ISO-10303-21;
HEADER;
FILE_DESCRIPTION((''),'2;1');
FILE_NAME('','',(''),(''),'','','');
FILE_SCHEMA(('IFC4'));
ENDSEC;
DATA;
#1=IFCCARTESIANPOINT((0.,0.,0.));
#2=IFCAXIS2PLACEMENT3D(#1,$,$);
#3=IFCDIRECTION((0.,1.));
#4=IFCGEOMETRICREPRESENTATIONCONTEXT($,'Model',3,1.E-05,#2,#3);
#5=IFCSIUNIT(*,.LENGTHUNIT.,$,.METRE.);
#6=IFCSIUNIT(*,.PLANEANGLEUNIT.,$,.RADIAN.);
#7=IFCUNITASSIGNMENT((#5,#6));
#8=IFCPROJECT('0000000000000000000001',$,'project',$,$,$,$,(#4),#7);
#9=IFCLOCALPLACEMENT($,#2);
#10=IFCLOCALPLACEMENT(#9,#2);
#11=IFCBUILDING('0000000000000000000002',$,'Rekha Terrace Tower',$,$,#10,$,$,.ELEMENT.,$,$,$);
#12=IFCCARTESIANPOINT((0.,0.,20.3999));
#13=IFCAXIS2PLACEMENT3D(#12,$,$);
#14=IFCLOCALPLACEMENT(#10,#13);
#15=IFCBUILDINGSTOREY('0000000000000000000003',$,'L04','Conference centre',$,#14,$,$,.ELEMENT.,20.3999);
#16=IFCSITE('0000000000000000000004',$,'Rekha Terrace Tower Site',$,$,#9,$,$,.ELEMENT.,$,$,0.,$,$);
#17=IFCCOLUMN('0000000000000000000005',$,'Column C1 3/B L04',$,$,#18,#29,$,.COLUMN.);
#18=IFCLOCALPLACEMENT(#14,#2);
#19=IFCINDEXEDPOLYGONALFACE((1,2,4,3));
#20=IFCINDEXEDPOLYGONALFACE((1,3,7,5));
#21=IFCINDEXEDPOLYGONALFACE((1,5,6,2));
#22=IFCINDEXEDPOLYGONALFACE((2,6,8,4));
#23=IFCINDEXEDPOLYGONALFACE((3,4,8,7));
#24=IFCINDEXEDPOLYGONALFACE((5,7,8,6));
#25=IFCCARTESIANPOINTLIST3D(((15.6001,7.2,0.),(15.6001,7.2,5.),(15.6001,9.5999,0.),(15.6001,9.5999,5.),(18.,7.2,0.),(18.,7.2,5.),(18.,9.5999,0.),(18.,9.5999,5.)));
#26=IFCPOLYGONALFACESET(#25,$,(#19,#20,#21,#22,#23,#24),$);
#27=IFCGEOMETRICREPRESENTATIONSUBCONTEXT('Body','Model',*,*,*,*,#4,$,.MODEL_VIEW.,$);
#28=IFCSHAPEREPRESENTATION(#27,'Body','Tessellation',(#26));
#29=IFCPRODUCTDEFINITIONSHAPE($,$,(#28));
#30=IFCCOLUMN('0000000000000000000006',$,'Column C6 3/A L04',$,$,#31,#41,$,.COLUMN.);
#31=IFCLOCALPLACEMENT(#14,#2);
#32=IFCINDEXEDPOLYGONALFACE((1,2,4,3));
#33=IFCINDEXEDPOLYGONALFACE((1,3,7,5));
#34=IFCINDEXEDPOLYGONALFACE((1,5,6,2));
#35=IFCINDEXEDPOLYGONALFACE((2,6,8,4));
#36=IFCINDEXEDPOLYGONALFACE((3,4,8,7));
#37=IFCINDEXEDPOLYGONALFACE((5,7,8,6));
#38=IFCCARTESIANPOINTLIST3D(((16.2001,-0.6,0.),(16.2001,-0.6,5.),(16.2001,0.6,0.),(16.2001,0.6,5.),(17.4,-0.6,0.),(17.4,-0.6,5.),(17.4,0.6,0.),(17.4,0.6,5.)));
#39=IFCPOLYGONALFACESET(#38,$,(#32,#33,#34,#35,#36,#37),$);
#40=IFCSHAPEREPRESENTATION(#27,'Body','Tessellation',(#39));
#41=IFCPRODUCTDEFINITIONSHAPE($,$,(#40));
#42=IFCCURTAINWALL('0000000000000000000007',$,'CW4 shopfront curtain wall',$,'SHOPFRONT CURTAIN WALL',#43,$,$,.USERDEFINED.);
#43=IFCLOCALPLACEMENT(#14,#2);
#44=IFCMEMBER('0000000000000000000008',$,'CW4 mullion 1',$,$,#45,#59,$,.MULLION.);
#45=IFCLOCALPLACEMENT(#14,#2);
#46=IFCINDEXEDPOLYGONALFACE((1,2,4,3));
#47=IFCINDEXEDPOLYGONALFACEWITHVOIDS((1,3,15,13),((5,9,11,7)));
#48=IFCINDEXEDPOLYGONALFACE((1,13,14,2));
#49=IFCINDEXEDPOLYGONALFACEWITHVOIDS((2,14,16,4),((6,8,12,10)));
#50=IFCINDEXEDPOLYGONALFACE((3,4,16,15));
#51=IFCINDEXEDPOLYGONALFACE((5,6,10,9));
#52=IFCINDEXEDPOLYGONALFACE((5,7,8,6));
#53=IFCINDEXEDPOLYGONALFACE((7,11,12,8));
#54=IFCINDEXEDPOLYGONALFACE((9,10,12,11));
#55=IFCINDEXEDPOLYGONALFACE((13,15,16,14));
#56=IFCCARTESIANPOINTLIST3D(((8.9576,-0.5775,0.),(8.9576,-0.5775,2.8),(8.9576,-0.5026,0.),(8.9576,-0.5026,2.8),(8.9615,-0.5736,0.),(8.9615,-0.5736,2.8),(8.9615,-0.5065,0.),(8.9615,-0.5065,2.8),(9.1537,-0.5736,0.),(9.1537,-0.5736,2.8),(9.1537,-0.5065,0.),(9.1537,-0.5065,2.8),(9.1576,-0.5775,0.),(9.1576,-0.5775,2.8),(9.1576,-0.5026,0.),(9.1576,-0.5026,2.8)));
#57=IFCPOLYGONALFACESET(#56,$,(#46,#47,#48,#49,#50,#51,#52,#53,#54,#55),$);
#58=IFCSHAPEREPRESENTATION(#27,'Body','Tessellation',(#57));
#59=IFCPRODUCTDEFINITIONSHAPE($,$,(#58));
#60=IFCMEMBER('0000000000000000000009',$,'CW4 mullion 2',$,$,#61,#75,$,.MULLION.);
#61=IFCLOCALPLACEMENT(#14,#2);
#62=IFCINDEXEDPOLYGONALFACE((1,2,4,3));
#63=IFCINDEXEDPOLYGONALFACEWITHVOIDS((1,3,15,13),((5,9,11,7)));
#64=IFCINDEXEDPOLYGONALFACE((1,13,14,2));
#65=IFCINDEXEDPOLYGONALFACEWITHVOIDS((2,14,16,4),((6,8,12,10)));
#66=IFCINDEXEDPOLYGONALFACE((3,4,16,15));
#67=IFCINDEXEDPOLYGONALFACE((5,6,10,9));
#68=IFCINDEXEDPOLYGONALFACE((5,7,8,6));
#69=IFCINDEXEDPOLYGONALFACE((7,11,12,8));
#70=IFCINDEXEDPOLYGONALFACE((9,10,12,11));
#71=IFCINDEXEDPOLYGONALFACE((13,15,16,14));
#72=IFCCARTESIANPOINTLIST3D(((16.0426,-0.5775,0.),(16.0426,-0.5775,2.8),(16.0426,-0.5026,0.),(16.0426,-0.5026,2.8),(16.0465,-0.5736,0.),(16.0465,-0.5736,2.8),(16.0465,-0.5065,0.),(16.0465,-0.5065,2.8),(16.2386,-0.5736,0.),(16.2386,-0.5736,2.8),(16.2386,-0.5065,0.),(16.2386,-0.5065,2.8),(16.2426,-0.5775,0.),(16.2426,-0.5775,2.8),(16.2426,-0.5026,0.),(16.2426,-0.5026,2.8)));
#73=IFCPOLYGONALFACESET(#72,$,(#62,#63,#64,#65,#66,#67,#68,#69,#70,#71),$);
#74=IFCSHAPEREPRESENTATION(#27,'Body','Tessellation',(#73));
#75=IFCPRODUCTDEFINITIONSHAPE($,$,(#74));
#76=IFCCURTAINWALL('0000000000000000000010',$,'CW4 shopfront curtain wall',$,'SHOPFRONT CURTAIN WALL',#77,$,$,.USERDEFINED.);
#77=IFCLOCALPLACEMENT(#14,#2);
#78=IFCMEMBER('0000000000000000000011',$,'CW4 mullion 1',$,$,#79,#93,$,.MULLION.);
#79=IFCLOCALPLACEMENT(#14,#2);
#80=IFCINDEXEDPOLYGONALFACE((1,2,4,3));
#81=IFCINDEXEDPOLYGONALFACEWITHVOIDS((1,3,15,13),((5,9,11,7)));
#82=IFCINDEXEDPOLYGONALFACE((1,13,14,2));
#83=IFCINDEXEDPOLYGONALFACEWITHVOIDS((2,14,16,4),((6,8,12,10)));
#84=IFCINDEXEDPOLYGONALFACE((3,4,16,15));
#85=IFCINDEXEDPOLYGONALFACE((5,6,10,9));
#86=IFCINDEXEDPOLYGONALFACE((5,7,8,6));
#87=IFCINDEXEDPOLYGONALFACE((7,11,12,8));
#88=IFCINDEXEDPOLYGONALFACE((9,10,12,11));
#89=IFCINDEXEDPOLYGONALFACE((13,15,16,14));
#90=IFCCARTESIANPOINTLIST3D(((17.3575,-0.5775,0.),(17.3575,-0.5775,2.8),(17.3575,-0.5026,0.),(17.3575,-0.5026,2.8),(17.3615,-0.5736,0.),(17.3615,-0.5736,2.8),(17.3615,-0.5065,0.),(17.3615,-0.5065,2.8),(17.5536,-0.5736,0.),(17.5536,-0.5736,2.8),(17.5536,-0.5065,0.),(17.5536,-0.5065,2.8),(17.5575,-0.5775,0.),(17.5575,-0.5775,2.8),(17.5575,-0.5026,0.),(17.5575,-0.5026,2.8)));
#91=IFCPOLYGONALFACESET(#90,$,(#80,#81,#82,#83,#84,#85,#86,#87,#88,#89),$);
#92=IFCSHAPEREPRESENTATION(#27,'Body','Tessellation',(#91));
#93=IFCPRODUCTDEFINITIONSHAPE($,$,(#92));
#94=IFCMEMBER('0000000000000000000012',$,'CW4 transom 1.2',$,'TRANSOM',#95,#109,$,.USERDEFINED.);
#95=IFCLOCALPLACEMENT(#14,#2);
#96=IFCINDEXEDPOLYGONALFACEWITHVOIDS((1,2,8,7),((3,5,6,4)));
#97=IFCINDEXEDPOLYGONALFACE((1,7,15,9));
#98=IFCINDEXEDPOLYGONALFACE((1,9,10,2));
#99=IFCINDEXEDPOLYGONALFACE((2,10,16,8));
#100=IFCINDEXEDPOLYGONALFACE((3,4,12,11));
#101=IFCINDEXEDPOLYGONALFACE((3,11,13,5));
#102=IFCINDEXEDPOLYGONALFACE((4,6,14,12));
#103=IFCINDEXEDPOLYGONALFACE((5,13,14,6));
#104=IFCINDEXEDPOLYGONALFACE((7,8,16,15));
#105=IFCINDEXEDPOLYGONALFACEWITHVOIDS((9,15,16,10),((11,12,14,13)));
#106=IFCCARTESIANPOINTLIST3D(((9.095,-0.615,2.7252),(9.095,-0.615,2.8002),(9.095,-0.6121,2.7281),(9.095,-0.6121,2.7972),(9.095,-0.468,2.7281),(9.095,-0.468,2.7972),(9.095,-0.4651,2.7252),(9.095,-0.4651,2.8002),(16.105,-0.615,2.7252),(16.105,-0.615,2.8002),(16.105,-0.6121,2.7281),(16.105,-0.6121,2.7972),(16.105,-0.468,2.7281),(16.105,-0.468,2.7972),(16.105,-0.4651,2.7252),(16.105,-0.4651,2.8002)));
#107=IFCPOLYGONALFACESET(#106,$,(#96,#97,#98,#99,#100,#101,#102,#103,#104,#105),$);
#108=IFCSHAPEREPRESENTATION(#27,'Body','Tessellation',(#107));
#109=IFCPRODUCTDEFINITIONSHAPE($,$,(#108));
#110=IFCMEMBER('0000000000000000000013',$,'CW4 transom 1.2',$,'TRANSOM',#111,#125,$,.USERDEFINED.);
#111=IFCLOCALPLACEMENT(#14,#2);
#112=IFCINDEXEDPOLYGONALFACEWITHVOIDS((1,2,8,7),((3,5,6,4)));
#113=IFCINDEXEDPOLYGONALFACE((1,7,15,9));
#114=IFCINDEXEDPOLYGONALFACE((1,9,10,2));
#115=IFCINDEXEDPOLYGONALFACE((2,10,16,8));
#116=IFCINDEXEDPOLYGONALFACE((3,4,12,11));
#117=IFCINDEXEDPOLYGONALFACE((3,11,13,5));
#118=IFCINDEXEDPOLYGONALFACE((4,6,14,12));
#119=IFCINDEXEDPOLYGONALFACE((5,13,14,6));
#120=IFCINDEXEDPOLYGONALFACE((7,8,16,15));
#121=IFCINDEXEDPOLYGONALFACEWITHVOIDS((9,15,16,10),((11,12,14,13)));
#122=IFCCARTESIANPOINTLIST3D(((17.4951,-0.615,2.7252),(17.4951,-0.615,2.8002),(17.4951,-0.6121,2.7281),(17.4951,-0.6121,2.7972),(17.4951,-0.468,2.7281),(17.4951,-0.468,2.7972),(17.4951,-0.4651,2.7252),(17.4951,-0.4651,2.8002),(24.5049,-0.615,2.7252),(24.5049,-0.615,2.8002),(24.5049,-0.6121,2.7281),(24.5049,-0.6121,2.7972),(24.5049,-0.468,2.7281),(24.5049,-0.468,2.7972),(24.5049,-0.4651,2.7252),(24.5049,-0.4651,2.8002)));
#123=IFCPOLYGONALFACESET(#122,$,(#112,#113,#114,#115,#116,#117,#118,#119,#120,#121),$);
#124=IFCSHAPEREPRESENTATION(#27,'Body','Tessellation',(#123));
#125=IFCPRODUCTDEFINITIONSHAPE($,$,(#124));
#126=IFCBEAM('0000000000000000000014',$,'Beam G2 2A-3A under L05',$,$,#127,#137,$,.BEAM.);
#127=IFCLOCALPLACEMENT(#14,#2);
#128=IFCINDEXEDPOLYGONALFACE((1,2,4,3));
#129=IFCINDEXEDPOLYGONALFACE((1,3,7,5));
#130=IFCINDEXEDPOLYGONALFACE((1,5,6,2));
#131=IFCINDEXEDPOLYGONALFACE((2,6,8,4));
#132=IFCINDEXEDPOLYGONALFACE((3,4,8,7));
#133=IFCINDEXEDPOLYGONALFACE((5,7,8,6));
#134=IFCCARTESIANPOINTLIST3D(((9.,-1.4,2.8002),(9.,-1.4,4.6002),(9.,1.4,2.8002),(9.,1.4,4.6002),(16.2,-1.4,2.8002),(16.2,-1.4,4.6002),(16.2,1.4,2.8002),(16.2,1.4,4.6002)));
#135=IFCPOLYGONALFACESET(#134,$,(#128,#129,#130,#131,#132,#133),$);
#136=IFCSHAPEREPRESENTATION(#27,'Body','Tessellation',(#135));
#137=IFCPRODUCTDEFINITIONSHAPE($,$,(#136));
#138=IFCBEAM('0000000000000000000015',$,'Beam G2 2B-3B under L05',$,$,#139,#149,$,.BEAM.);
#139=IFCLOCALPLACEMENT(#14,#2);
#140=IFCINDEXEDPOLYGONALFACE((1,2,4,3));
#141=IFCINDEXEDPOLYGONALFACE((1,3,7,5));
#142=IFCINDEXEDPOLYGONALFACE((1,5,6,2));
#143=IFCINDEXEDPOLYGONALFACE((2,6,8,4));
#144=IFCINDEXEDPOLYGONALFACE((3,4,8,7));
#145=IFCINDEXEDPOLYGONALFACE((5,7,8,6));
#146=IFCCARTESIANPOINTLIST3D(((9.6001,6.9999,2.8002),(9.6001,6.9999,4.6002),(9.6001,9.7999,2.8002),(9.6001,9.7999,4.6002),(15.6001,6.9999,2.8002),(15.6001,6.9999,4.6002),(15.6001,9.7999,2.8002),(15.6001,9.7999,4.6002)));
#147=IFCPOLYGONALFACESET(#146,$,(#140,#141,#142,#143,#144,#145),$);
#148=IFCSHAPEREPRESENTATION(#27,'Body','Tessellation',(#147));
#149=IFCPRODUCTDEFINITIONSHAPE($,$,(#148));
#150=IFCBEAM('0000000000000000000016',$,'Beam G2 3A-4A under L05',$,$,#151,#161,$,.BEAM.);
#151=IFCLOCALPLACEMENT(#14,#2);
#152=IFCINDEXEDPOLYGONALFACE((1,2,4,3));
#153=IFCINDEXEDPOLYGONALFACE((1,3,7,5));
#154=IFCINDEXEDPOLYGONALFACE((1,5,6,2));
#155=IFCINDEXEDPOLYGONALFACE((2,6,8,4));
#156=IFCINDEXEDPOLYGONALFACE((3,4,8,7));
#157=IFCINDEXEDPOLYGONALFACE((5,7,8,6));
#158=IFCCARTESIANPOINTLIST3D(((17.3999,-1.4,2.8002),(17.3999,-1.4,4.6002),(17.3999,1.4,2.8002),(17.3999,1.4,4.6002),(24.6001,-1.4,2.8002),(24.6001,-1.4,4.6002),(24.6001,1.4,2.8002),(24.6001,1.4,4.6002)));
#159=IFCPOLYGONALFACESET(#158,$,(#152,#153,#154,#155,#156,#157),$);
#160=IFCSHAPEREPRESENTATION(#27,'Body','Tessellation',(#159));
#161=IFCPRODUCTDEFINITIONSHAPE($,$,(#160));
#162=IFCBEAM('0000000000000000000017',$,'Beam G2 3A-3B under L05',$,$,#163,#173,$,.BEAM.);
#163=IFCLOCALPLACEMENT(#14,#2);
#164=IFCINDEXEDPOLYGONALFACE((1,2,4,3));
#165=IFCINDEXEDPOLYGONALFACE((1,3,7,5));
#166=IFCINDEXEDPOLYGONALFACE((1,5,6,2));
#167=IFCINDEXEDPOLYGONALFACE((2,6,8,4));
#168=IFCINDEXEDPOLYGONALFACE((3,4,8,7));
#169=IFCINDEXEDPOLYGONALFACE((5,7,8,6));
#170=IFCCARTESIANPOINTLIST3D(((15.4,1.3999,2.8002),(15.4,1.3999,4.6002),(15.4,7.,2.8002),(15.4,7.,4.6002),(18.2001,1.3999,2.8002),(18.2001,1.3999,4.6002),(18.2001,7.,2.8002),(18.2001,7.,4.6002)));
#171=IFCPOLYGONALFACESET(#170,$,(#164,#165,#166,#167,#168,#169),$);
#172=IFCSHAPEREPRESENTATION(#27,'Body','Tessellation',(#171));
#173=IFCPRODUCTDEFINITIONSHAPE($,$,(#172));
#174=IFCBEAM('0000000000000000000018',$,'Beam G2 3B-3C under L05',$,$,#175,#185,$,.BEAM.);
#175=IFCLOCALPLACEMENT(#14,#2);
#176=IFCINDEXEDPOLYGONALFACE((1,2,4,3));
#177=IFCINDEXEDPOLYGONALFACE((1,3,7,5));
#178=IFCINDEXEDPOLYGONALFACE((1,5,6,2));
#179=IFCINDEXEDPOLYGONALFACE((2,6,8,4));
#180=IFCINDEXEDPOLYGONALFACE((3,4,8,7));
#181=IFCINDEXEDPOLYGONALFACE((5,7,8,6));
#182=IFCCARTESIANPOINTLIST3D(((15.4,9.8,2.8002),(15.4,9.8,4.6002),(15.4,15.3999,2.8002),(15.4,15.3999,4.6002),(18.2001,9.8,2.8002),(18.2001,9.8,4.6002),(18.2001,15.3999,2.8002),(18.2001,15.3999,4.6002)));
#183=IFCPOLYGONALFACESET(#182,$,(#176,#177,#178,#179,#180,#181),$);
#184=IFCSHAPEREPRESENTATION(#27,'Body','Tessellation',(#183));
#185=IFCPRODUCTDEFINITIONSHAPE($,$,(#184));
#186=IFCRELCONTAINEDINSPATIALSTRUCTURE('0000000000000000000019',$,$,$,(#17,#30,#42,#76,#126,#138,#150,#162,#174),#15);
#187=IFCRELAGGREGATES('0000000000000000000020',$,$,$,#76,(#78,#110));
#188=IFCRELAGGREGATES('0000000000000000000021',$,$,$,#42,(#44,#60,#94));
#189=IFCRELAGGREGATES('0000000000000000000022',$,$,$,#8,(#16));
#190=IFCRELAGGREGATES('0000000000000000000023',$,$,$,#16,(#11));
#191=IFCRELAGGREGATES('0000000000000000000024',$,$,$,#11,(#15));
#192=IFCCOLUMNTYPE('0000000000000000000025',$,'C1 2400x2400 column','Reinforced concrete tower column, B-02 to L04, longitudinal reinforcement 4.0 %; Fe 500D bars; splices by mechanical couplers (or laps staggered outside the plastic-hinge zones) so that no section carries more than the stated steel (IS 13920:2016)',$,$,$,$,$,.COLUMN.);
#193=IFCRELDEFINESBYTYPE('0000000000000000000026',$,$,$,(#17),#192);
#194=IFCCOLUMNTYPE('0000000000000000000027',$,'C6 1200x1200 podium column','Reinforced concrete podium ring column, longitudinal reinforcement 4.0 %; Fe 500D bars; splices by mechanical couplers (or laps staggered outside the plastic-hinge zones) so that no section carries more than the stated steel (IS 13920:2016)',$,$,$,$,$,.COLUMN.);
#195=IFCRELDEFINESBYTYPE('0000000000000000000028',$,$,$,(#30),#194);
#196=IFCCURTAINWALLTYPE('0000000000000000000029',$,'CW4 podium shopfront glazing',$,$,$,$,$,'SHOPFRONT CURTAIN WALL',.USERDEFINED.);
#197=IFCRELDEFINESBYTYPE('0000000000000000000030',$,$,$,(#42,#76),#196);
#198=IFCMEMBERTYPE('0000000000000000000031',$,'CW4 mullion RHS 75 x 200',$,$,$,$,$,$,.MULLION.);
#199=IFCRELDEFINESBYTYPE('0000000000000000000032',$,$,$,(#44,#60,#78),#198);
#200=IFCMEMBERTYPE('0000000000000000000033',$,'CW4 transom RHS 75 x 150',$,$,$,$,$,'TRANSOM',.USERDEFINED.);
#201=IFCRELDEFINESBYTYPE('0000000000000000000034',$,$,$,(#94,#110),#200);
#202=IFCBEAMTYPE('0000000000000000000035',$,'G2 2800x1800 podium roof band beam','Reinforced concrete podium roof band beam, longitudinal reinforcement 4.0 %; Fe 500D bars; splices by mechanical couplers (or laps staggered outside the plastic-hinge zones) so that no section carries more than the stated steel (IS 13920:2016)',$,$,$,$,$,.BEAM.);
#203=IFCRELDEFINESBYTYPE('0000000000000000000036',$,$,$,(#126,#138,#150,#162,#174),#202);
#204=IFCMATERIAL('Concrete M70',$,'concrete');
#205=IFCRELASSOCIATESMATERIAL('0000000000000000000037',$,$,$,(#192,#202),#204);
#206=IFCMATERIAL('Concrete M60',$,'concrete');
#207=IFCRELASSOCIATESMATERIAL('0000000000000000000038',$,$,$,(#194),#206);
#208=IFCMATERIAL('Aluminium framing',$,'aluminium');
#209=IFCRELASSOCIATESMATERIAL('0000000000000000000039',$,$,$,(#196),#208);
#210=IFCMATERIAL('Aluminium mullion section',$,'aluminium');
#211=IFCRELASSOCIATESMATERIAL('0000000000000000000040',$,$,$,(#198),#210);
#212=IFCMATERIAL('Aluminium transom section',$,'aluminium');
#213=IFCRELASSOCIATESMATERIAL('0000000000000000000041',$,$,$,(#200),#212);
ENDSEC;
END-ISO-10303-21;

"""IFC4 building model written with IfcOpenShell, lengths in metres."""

from ifc_helpers import new_model, si_unit, direction, frame, origin, origin_2d, place, context, subcontext, project, spatial, rectangle, hollow_rectangle, extrude, material, material_profile, profile_set, type_object, element, aggregate, save


model = new_model("IFC4")

# Units and contexts
model_context = context("Model", 3, precision=1e-05, world=origin(), true_north=direction((0.0, 1.0)))
body_context = subcontext(model_context, "Body", "Model", "MODEL_VIEW")
ifc_project = project(units=[si_unit("LENGTHUNIT", "METRE"), si_unit("PLANEANGLEUNIT", "RADIAN")], contexts=[model_context])

# Site, building, storey
site_placement = place(None, origin())
site = spatial("IfcSite", under=ifc_project, at=site_placement, Name="Rekha Terrace Tower Site", CompositionType="ELEMENT", RefElevation=0.0)
building_placement = place(site_placement, origin())
building = spatial("IfcBuilding", under=site, at=building_placement, Name="Rekha Terrace Tower", CompositionType="ELEMENT")
storey_placement = place(building_placement, frame((0.0, 0.0, 20.3999)))
storey = spatial("IfcBuildingStorey", under=building, at=storey_placement, Name="L04", Description="Conference centre", CompositionType="ELEMENT", Elevation=20.3999)

# Columns
ifc_material_1 = material(Name="Concrete M70", Category="concrete")
ifc_material_profile_1 = material_profile(ifc_material_1, rectangle(XDim=2.3999, YDim=2.3999, at=origin_2d()), Name="RC 2400x2400")
ifc_profile_set_1 = profile_set([ifc_material_profile_1], Name="Concrete M70")
column_type_1 = type_object("IfcColumnType", Name="C1 2400x2400 column", Description="Reinforced concrete tower column, B-02 to L04, longitudinal reinforcement 4.0 %; Fe 500D bars; splices by mechanical couplers (or laps staggered outside the plastic-hinge zones) so that no section carries more than the stated steel (IS 13920:2016)", PredefinedType="COLUMN", material=ifc_profile_set_1)
column_1_placement = place(storey_placement, frame((16.8, 8.3999, 0.0), z_axis=(0.0, 0.0, 1.0), x_axis=(1.0, 0.0, 0.0)))
element("IfcColumn", 1, at=column_1_placement, inside=storey, type_object=column_type_1, Name="Column C1 3/B L04", PredefinedType="COLUMN", context=body_context, shape_type="SweptSolid", body=[
    extrude(rectangle(XDim=2.3999, YDim=2.3999, at=origin_2d()), origin(), (0.0, 0.0, 1.0), 5.0),
])
ifc_material_2 = material(Name="Concrete M60", Category="concrete")
ifc_material_profile_2 = material_profile(ifc_material_2, rectangle(XDim=1.2, YDim=1.2, at=origin_2d()), Name="RC 1200x1200")
ifc_profile_set_2 = profile_set([ifc_material_profile_2], Name="Concrete M60")
column_type_2 = type_object("IfcColumnType", Name="C6 1200x1200 podium column", Description="Reinforced concrete podium ring column, longitudinal reinforcement 4.0 %; Fe 500D bars; splices by mechanical couplers (or laps staggered outside the plastic-hinge zones) so that no section carries more than the stated steel (IS 13920:2016)", PredefinedType="COLUMN", material=ifc_profile_set_2)
column_2_placement = place(storey_placement, frame((16.8, 0.0, 0.0), z_axis=(0.0, 0.0, 1.0), x_axis=(1.0, 0.0, 0.0)))
element("IfcColumn", 2, at=column_2_placement, inside=storey, type_object=column_type_2, Name="Column C6 3/A L04", PredefinedType="COLUMN", context=body_context, shape_type="SweptSolid", body=[
    extrude(rectangle(XDim=1.2, YDim=1.2, at=origin_2d()), origin(), (0.0, 0.0, 1.0), 5.0),
])

# Curtain wall, members
ifc_material_3 = material(Name="Aluminium framing", Category="aluminium")
curtain_wall_type = type_object("IfcCurtainWallType", Name="CW4 podium shopfront glazing", ElementType="SHOPFRONT CURTAIN WALL", PredefinedType="USERDEFINED", material=ifc_material_3)
curtain_wall_1_placement = place(storey_placement, origin())
curtain_wall_1 = element("IfcCurtainWall", 3, at=curtain_wall_1_placement, inside=storey, type_object=curtain_wall_type, Name="CW4 shopfront curtain wall", ObjectType="SHOPFRONT CURTAIN WALL", PredefinedType="USERDEFINED")
ifc_material_4 = material(Name="Aluminium mullion section", Category="aluminium")
ifc_material_profile_3 = material_profile(ifc_material_4, hollow_rectangle(XDim=0.075, YDim=0.2, WallThickness=0.0039, at=origin_2d()), Name="AL RHS 75x200")
ifc_profile_set_3 = profile_set([ifc_material_profile_3], Name="Aluminium mullion section")
member_type_1 = type_object("IfcMemberType", Name="CW4 mullion RHS 75 x 200", PredefinedType="MULLION", material=ifc_profile_set_3)
member_1_placement = place(storey_placement, frame((9.0576, -0.54, 0.0), z_axis=(0.0, 0.0, 1.0), x_axis=(0.0, 1.0, 0.0)))
member_1 = element("IfcMember", 4, at=member_1_placement, type_object=member_type_1, Name="CW4 mullion 1", PredefinedType="MULLION", context=body_context, shape_type="SweptSolid", body=[
    extrude(hollow_rectangle(XDim=0.075, YDim=0.2, WallThickness=0.0039, at=origin_2d()), origin(), (0.0, 0.0, 1.0), 2.8),
])
member_2_placement = place(storey_placement, frame((16.1426, -0.54, 0.0), z_axis=(0.0, 0.0, 1.0), x_axis=(0.0, 1.0, 0.0)))
member_2 = element("IfcMember", 5, at=member_2_placement, type_object=member_type_1, Name="CW4 mullion 2", PredefinedType="MULLION", context=body_context, shape_type="SweptSolid", body=[
    extrude(hollow_rectangle(XDim=0.075, YDim=0.2, WallThickness=0.0039, at=origin_2d()), origin(), (0.0, 0.0, 1.0), 2.8),
])

# Curtain wall, member
curtain_wall_2_placement = place(storey_placement, origin())
curtain_wall_2 = element("IfcCurtainWall", 6, at=curtain_wall_2_placement, inside=storey, type_object=curtain_wall_type, Name="CW4 shopfront curtain wall", ObjectType="SHOPFRONT CURTAIN WALL", PredefinedType="USERDEFINED")
member_3_placement = place(storey_placement, frame((17.4575, -0.54, 0.0), z_axis=(0.0, 0.0, 1.0), x_axis=(0.0, 1.0, 0.0)))
member_3 = element("IfcMember", 7, at=member_3_placement, type_object=member_type_1, Name="CW4 mullion 1", PredefinedType="MULLION", context=body_context, shape_type="SweptSolid", body=[
    extrude(hollow_rectangle(XDim=0.075, YDim=0.2, WallThickness=0.0039, at=origin_2d()), origin(), (0.0, 0.0, 1.0), 2.8),
])

# Members
ifc_material_5 = material(Name="Aluminium transom section", Category="aluminium")
ifc_material_profile_4 = material_profile(ifc_material_5, hollow_rectangle(XDim=0.1499, YDim=0.075, WallThickness=0.0029, at=origin_2d()), Name="AL RHS 150x75")
ifc_profile_set_4 = profile_set([ifc_material_profile_4], Name="Aluminium transom section")
member_type_2 = type_object("IfcMemberType", Name="CW4 transom RHS 75 x 150", ElementType="TRANSOM", PredefinedType="USERDEFINED", material=ifc_profile_set_4)
member_4_placement = place(storey_placement, frame((9.095, -0.54, 2.7627), z_axis=(1.0, 0.0, 0.0), x_axis=(0.0, 1.0, 0.0)))
member_4 = element("IfcMember", 8, at=member_4_placement, type_object=member_type_2, Name="CW4 transom 1.2", ObjectType="TRANSOM", PredefinedType="USERDEFINED", context=body_context, shape_type="SweptSolid", body=[
    extrude(hollow_rectangle(XDim=0.1499, YDim=0.075, WallThickness=0.0029, at=origin_2d()), origin(), (0.0, 0.0, 1.0), 7.01),
])
member_5_placement = place(storey_placement, frame((17.4951, -0.54, 2.7627), z_axis=(1.0, 0.0, 0.0), x_axis=(0.0, 1.0, 0.0)))
member_5 = element("IfcMember", 9, at=member_5_placement, type_object=member_type_2, Name="CW4 transom 1.2", ObjectType="TRANSOM", PredefinedType="USERDEFINED", context=body_context, shape_type="SweptSolid", body=[
    extrude(hollow_rectangle(XDim=0.1499, YDim=0.075, WallThickness=0.0029, at=origin_2d()), origin(), (0.0, 0.0, 1.0), 7.0098),
])
aggregate(curtain_wall_2, [member_3, member_5])

# Beams
ifc_material_profile_5 = material_profile(ifc_material_1, rectangle(XDim=2.8, YDim=1.8, at=origin_2d()), Name="RC 2800x1800")
ifc_profile_set_5 = profile_set([ifc_material_profile_5], Name="Concrete M70")
beam_type = type_object("IfcBeamType", Name="G2 2800x1800 podium roof band beam", Description="Reinforced concrete podium roof band beam, longitudinal reinforcement 4.0 %; Fe 500D bars; splices by mechanical couplers (or laps staggered outside the plastic-hinge zones) so that no section carries more than the stated steel (IS 13920:2016)", PredefinedType="BEAM", material=ifc_profile_set_5)
beam_1_placement = place(storey_placement, frame((9.0, 0.0, 3.7002), z_axis=(1.0, 0.0, 0.0), x_axis=(0.0, 1.0, 0.0)))
element("IfcBeam", 10, at=beam_1_placement, inside=storey, type_object=beam_type, Name="Beam G2 2A-3A under L05", PredefinedType="BEAM", context=body_context, shape_type="SweptSolid", body=[
    extrude(rectangle(XDim=2.8, YDim=1.8, at=origin_2d()), origin(), (0.0, 0.0, 1.0), 7.2),
])
beam_2_placement = place(storey_placement, frame((9.6001, 8.3999, 3.7002), z_axis=(1.0, 0.0, 0.0), x_axis=(0.0, 1.0, 0.0)))
element("IfcBeam", 11, at=beam_2_placement, inside=storey, type_object=beam_type, Name="Beam G2 2B-3B under L05", PredefinedType="BEAM", context=body_context, shape_type="SweptSolid", body=[
    extrude(rectangle(XDim=2.8, YDim=1.8, at=origin_2d()), origin(), (0.0, 0.0, 1.0), 6.0),
])
beam_3_placement = place(storey_placement, frame((17.3999, 0.0, 3.7002), z_axis=(1.0, 0.0, 0.0), x_axis=(0.0, 1.0, 0.0)))
element("IfcBeam", 12, at=beam_3_placement, inside=storey, type_object=beam_type, Name="Beam G2 3A-4A under L05", PredefinedType="BEAM", context=body_context, shape_type="SweptSolid", body=[
    extrude(rectangle(XDim=2.8, YDim=1.8, at=origin_2d()), origin(), (0.0, 0.0, 1.0), 7.2002),
])
beam_4_placement = place(storey_placement, frame((16.8, 1.3999, 3.7002), z_axis=(0.0, 1.0, 0.0), x_axis=(-1.0, 0.0, 0.0)))
element("IfcBeam", 13, at=beam_4_placement, inside=storey, type_object=beam_type, Name="Beam G2 3A-3B under L05", PredefinedType="BEAM", context=body_context, shape_type="SweptSolid", body=[
    extrude(rectangle(XDim=2.8, YDim=1.8, at=origin_2d()), origin(), (0.0, 0.0, 1.0), 5.6001),
])
beam_5_placement = place(storey_placement, frame((16.8, 9.8, 3.7002), z_axis=(0.0, 1.0, 0.0), x_axis=(-1.0, 0.0, 0.0)))
element("IfcBeam", 14, at=beam_5_placement, inside=storey, type_object=beam_type, Name="Beam G2 3B-3C under L05", PredefinedType="BEAM", context=body_context, shape_type="SweptSolid", body=[
    extrude(rectangle(XDim=2.8, YDim=1.8, at=origin_2d()), origin(), (0.0, 0.0, 1.0), 5.5999),
])

aggregate(curtain_wall_1, [member_1, member_2, member_4])

save(model, "model.ifc")
